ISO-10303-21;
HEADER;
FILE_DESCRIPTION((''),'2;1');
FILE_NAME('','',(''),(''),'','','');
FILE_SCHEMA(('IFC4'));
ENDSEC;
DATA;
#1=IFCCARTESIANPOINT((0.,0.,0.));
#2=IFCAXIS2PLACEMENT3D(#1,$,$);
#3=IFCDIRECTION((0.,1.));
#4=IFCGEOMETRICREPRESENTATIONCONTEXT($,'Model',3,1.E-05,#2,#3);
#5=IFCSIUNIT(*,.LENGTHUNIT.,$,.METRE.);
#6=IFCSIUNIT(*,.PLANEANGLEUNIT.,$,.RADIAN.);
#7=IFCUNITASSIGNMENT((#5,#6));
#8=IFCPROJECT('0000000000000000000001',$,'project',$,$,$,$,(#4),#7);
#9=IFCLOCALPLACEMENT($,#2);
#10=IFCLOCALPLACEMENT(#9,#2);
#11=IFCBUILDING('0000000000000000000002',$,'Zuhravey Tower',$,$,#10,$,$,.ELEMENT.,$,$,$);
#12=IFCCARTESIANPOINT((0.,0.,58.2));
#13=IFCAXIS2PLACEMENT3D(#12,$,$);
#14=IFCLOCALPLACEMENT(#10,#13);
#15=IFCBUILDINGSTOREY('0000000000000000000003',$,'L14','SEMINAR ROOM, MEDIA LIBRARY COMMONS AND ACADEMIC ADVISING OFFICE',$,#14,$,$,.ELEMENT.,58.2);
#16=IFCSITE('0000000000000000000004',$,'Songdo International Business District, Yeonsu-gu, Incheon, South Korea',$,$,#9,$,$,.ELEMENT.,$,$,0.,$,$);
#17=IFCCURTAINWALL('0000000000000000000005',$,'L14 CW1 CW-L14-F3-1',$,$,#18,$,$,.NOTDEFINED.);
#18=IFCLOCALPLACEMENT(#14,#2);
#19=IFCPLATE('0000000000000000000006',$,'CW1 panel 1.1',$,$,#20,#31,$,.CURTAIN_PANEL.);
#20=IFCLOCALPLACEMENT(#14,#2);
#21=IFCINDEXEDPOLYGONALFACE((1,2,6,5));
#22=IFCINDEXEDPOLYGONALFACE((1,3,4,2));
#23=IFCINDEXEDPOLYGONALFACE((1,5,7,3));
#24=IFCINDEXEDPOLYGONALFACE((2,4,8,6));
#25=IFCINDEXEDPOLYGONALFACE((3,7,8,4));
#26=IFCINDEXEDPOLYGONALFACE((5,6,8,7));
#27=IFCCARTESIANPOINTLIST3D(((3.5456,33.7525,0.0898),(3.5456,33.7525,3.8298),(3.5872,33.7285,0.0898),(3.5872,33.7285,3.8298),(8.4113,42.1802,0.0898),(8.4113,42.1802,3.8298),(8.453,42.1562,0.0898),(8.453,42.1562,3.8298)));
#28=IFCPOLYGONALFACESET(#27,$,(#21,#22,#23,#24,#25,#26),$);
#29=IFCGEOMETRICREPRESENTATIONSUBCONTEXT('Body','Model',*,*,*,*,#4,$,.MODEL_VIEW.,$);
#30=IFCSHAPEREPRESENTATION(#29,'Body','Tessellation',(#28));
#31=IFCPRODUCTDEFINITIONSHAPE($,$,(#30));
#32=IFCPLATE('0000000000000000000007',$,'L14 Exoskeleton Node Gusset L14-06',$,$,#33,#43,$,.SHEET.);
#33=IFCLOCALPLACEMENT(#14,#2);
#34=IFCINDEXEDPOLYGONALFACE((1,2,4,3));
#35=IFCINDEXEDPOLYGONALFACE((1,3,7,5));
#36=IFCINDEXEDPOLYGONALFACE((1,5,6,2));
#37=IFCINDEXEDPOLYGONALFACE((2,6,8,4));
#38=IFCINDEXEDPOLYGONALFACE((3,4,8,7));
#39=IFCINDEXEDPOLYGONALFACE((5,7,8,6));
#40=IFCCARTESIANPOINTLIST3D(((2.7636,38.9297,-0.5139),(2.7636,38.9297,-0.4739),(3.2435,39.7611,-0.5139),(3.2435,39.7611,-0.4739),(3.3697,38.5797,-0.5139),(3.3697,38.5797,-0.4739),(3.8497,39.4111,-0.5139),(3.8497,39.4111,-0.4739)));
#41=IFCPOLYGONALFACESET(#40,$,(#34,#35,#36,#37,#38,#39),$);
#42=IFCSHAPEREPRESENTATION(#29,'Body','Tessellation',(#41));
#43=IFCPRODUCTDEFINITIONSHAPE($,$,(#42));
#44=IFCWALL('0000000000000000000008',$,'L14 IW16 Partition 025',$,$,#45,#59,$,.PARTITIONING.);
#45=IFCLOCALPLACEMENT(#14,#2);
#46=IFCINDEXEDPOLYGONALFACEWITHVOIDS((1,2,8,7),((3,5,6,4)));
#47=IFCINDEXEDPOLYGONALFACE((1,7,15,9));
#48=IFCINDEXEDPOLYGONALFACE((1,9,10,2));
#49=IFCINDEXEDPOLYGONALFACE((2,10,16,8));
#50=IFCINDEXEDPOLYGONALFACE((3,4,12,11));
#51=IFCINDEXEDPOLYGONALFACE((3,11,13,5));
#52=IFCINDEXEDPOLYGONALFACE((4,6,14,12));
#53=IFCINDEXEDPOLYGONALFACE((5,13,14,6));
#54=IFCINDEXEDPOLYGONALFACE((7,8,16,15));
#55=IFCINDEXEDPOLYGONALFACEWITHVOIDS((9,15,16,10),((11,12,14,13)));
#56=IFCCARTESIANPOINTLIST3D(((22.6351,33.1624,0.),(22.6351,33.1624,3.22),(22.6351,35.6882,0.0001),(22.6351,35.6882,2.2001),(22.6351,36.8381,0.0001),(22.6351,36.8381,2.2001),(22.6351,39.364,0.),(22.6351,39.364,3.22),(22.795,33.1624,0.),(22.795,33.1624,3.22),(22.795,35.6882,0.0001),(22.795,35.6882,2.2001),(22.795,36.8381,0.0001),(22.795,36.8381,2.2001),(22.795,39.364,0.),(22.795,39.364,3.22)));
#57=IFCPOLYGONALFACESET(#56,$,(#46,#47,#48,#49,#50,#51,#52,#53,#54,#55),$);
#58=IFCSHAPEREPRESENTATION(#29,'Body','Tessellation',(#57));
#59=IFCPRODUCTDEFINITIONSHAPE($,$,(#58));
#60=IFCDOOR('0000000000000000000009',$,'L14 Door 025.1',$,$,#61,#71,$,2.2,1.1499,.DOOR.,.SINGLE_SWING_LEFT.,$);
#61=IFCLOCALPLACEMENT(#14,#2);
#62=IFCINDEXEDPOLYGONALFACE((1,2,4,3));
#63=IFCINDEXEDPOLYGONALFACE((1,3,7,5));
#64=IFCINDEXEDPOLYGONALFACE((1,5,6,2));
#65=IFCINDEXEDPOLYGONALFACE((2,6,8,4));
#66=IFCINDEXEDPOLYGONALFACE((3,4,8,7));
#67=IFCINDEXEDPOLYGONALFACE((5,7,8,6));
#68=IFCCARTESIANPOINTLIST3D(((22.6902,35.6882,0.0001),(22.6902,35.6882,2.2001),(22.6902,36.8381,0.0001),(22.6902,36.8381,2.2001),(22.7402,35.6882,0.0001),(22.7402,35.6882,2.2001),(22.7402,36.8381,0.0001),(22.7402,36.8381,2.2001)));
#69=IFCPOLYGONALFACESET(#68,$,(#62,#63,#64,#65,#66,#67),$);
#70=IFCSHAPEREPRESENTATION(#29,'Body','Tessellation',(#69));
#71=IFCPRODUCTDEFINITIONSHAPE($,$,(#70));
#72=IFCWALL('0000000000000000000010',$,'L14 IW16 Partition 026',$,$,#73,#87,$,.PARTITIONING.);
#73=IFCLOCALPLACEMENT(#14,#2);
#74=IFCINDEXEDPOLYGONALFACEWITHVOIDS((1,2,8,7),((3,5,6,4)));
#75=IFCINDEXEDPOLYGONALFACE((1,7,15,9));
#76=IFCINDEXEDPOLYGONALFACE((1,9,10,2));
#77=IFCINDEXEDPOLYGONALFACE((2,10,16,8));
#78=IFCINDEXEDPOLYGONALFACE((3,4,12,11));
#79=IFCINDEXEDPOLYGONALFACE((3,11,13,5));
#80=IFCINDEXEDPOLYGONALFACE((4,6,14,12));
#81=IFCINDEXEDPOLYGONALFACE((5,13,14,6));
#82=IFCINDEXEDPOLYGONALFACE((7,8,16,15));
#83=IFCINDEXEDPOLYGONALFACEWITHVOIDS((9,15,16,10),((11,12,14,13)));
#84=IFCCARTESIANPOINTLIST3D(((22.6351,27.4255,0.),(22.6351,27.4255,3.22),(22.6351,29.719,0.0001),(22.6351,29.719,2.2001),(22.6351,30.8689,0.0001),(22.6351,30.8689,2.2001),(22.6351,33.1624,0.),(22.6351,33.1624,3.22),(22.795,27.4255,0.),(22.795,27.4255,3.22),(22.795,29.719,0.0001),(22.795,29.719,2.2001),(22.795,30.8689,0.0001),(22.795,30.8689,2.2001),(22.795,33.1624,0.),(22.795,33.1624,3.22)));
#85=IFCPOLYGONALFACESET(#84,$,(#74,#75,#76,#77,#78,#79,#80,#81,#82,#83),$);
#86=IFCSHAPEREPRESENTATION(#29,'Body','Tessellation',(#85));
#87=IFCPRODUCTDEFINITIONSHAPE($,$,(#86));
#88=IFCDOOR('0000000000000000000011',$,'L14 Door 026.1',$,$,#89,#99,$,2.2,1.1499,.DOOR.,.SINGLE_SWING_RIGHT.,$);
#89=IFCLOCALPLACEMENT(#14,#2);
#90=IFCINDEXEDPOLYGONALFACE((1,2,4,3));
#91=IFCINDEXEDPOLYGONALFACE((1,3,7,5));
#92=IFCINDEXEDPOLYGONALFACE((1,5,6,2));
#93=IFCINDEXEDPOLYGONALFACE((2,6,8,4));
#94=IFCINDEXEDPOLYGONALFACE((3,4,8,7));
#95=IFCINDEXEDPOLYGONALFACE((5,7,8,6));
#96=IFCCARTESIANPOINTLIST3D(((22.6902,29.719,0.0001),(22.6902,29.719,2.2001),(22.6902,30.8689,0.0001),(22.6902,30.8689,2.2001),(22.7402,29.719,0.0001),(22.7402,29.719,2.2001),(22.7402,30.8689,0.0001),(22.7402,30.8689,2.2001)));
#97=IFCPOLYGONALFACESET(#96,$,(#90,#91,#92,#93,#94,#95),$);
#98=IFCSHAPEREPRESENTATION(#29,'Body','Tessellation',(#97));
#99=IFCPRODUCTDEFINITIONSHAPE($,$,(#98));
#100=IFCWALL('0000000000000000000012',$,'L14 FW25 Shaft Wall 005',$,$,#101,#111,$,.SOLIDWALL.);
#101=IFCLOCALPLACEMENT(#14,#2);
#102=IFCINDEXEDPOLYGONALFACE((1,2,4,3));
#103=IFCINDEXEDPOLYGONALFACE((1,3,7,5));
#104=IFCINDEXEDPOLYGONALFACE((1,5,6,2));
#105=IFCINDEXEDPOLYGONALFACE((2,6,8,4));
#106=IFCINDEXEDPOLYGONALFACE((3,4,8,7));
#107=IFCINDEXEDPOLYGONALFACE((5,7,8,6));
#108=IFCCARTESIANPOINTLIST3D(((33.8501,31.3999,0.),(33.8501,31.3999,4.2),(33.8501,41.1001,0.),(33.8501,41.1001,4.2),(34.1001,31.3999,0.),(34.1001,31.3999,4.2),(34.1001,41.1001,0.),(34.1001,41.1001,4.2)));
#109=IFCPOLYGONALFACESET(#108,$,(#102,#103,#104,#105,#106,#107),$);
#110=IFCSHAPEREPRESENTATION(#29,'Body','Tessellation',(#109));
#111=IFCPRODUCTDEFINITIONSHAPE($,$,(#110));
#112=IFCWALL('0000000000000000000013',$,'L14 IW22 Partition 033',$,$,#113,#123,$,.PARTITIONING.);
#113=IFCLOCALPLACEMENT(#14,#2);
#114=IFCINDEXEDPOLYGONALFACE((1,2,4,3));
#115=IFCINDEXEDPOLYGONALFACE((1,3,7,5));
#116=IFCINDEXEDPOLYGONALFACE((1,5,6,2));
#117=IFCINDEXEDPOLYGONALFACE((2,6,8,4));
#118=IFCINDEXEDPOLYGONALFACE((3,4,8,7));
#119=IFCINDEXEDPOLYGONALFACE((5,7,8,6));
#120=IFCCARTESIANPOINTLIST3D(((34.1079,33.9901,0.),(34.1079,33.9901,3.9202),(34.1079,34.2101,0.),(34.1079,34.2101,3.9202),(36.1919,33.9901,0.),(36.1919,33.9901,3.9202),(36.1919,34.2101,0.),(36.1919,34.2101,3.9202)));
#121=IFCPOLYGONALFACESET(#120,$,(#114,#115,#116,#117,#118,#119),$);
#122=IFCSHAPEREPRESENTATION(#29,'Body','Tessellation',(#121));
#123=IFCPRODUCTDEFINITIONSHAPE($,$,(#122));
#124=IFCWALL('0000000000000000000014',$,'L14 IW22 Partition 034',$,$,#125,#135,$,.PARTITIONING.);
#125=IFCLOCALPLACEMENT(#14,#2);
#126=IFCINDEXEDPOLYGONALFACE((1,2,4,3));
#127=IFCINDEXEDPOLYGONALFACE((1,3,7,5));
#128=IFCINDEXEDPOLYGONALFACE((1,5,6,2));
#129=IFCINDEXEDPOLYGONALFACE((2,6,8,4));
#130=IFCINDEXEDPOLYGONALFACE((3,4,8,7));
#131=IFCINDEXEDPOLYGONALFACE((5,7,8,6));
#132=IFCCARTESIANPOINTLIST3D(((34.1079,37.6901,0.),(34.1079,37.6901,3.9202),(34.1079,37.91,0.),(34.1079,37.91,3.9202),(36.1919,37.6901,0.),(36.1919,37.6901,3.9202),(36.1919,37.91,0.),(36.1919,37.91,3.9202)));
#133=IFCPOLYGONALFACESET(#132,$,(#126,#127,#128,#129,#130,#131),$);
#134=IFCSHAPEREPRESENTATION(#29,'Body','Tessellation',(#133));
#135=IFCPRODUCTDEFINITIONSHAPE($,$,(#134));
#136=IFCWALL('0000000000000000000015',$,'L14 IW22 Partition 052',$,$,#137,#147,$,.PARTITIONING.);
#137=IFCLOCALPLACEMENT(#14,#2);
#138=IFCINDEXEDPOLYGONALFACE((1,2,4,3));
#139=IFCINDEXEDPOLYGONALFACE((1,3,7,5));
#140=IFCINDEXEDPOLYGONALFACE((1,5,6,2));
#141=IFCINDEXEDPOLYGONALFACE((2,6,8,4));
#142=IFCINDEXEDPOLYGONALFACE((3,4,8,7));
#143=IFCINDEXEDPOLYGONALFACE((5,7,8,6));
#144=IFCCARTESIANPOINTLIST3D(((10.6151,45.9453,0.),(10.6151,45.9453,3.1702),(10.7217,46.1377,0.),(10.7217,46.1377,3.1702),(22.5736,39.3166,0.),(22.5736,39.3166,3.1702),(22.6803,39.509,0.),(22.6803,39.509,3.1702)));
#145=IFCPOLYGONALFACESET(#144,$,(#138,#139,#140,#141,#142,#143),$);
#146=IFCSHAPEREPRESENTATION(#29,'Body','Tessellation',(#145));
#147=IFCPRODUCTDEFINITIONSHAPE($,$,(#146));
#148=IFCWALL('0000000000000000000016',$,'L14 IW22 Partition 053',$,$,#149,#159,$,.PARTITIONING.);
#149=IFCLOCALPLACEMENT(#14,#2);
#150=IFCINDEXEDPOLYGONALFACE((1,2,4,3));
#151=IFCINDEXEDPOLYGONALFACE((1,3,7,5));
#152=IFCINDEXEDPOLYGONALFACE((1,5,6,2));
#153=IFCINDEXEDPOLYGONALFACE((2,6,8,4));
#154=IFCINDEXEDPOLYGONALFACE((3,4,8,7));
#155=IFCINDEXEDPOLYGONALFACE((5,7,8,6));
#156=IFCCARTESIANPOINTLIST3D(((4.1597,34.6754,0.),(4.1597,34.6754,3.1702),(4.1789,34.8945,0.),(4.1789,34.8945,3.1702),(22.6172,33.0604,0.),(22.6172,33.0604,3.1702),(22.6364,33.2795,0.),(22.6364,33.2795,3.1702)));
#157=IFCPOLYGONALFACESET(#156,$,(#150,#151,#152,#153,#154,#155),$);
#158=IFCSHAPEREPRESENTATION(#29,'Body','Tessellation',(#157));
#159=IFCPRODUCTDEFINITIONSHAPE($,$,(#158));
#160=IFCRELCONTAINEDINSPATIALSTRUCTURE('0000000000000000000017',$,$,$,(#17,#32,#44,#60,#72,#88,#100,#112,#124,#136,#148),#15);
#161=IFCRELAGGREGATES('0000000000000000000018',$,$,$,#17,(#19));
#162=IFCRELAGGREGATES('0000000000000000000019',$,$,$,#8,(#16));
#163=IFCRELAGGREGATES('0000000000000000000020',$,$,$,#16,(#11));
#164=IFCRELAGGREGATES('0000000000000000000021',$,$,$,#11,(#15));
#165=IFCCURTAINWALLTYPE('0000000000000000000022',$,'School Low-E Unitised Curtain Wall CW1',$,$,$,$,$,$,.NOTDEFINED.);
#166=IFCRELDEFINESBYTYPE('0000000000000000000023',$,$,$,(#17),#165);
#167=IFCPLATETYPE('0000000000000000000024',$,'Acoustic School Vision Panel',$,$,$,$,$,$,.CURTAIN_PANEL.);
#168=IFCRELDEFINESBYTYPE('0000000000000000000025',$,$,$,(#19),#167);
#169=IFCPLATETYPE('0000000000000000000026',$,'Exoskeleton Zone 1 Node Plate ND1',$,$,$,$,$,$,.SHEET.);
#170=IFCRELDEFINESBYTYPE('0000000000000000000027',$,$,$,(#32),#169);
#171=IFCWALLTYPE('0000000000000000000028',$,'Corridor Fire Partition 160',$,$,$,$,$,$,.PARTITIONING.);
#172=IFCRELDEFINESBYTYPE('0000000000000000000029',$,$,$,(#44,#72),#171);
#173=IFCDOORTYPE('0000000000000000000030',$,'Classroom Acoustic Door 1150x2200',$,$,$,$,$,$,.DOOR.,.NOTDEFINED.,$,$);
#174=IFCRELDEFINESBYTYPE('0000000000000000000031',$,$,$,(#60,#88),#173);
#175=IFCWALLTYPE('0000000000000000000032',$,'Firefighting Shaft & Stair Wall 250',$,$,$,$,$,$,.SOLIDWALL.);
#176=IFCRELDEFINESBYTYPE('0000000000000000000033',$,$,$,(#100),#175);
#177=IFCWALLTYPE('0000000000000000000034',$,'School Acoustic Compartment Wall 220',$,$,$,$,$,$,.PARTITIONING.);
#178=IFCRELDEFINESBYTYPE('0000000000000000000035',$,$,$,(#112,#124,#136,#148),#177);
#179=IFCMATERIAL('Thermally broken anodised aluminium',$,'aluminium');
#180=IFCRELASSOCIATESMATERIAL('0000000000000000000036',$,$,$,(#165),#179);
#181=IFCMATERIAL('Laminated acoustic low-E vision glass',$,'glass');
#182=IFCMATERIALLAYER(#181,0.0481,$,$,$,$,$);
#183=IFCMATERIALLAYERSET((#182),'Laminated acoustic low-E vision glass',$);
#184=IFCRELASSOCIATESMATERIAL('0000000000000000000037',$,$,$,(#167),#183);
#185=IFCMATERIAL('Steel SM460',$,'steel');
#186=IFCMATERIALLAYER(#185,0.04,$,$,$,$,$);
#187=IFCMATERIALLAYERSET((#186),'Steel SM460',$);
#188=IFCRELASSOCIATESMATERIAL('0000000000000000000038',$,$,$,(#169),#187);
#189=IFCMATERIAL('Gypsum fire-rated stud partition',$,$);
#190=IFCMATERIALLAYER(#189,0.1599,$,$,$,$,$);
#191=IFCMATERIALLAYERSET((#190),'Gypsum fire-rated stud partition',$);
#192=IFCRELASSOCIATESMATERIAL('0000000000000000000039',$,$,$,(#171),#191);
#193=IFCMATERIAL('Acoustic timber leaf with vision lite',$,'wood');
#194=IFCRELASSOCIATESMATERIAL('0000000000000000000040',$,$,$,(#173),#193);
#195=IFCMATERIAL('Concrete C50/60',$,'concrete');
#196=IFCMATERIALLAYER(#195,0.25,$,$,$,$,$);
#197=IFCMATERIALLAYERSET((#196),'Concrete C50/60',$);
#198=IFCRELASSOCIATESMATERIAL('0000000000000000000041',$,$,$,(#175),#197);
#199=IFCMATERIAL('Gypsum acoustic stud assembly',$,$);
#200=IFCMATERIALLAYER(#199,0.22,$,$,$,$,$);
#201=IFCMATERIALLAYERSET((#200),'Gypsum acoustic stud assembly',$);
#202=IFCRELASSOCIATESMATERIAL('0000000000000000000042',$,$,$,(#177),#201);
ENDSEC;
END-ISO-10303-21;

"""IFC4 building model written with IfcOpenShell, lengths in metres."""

from ifc_helpers import new_model, si_unit, direction, frame, frame_2d, origin, origin_2d, place, context, subcontext, project, spatial, rectangle, extrude, material, layer, layer_set, type_object, element, fill, aggregate, save


model = new_model("IFC4")

# Units and contexts
model_context = context("Model", 3, precision=1e-05, world=origin(), true_north=direction((0.0, 1.0)))
body_context = subcontext(model_context, "Body", "Model", "MODEL_VIEW")
ifc_project = project(units=[si_unit("LENGTHUNIT", "METRE"), si_unit("PLANEANGLEUNIT", "RADIAN")], contexts=[model_context])

# Site, building, storey
site_placement = place(None, origin())
site = spatial("IfcSite", under=ifc_project, at=site_placement, Name="Songdo International Business District, Yeonsu-gu, Incheon, South Korea", CompositionType="ELEMENT", RefElevation=0.0)
building_placement = place(site_placement, origin())
building = spatial("IfcBuilding", under=site, at=building_placement, Name="Zuhravey Tower", CompositionType="ELEMENT")
storey_placement = place(building_placement, frame((0.0, 0.0, 58.2)))
storey = spatial("IfcBuildingStorey", under=building, at=storey_placement, Name="L14", Description="SEMINAR ROOM, MEDIA LIBRARY COMMONS AND ACADEMIC ADVISING OFFICE", CompositionType="ELEMENT", Elevation=58.2)

# Curtain wall
ifc_material_1 = material(Name="Thermally broken anodised aluminium", Category="aluminium")
curtain_wall_type = type_object("IfcCurtainWallType", Name="School Low-E Unitised Curtain Wall CW1", PredefinedType="NOTDEFINED", material=ifc_material_1)
curtain_wall_placement = place(storey_placement, origin())
curtain_wall = element("IfcCurtainWall", 1, at=curtain_wall_placement, inside=storey, type_object=curtain_wall_type, Name="L14 CW1 CW-L14-F3-1", PredefinedType="NOTDEFINED")

# Shared definitions
ifc_material_2 = material(Name="Steel SM460", Category="steel")

# Plates
ifc_material_3 = material(Name="Laminated acoustic low-E vision glass", Category="glass")
ifc_layer_1 = layer(ifc_material_3, 0.0481)
ifc_layer_set_1 = layer_set([ifc_layer_1], Name="Laminated acoustic low-E vision glass")
plate_type_1 = type_object("IfcPlateType", Name="Acoustic School Vision Panel", PredefinedType="CURTAIN_PANEL", material=ifc_layer_set_1)
plate_1_placement = place(storey_placement, frame((5.9993, 37.9543, 0.0898), z_axis=(0.0, 0.0, 1.0), x_axis=(0.5, 0.866026, 0.0)))
plate_1 = element("IfcPlate", 2, at=plate_1_placement, type_object=plate_type_1, Name="CW1 panel 1.1", PredefinedType="CURTAIN_PANEL", context=body_context, shape_type="SweptSolid", body=[
    extrude(rectangle(XDim=9.7314, YDim=0.0481, at=origin_2d()), origin(), (0.0, 0.0, 1.0), 3.74),
])
aggregate(curtain_wall, [plate_1])
ifc_layer_2 = layer(ifc_material_2, 0.04)
ifc_layer_set_2 = layer_set([ifc_layer_2], Name="Steel SM460")
plate_type_2 = type_object("IfcPlateType", Name="Exoskeleton Zone 1 Node Plate ND1", PredefinedType="SHEET", material=ifc_layer_set_2)
plate_2_placement = place(storey_placement, frame((3.3066, 39.1704, -0.5139), z_axis=(0.0, 0.0, 1.0), x_axis=(-0.5, -0.866025, 0.0)))
element("IfcPlate", 3, at=plate_2_placement, inside=storey, type_object=plate_type_2, Name="L14 Exoskeleton Node Gusset L14-06", PredefinedType="SHEET", context=body_context, shape_type="SweptSolid", body=[
    extrude(rectangle(XDim=0.96, YDim=0.7, at=origin_2d()), origin(), (0.0, 0.0, 1.0), 0.04),
])

# Walls, openings, doors
ifc_material_4 = material(Name="Gypsum fire-rated stud partition")
ifc_layer_3 = layer(ifc_material_4, 0.1599)
ifc_layer_set_3 = layer_set([ifc_layer_3], Name="Gypsum fire-rated stud partition")
wall_type_1 = type_object("IfcWallType", Name="Corridor Fire Partition 160", PredefinedType="PARTITIONING", material=ifc_layer_set_3)
wall_1_placement = place(storey_placement, frame((22.7151, 39.364, 0.0), z_axis=(0.0, 0.0, 1.0), x_axis=(0.0, -1.0, 0.0)))
wall_1 = element("IfcWall", 4, at=wall_1_placement, inside=storey, type_object=wall_type_1, Name="L14 IW16 Partition 025", PredefinedType="PARTITIONING", context=body_context, shape_type="SweptSolid", body=[
    extrude(rectangle(XDim=6.2017, YDim=0.1599, at=frame_2d((3.1008, 0.0))), origin(), (0.0, 0.0, 1.0), 3.22),
])
opening_1_placement = place(wall_1_placement, frame((2.5259, 0.0, 0.0)))
opening_1 = element("IfcOpeningElement", 5, at=opening_1_placement, cuts=wall_1, PredefinedType="OPENING", context=body_context, shape_type="SweptSolid", body=[
    extrude(rectangle(XDim=1.1499, YDim=2.2, at=frame_2d((0.575, 1.1001))), frame((0.0, 0.092, 0.0), z_axis=(0.0, -1.0, 0.0), x_axis=(1.0, 0.0, 0.0)), (0.0, 0.0, 1.0), 0.1838),
])
ifc_material_5 = material(Name="Acoustic timber leaf with vision lite", Category="wood")
door_type = type_object("IfcDoorType", Name="Classroom Acoustic Door 1150x2200", OperationType="NOTDEFINED", PredefinedType="DOOR", material=ifc_material_5)
door_1_placement = place(opening_1_placement, frame((1.1499, 0.0, 0.0), z_axis=(0.0, 0.0, 1.0), x_axis=(-1.0, 0.0, 0.0)))
door_1 = element("IfcDoor", 6, at=door_1_placement, inside=storey, type_object=door_type, Name="L14 Door 025.1", OperationType="SINGLE_SWING_LEFT", OverallHeight=2.2, OverallWidth=1.1499, PredefinedType="DOOR", context=body_context, shape_type="SweptSolid", body=[
    extrude(rectangle(XDim=1.1499, YDim=2.2, at=frame_2d((0.575, 1.1001))), frame((0.0, 0.0249, 0.0), z_axis=(0.0, -1.0, 0.0), x_axis=(1.0, 0.0, 0.0)), (0.0, 0.0, 1.0), 0.05),
])
fill(opening_1, door_1)
wall_2_placement = place(storey_placement, frame((22.7151, 33.1624, 0.0), z_axis=(0.0, 0.0, 1.0), x_axis=(0.0, -1.0, 0.0)))
wall_2 = element("IfcWall", 7, at=wall_2_placement, inside=storey, type_object=wall_type_1, Name="L14 IW16 Partition 026", PredefinedType="PARTITIONING", context=body_context, shape_type="SweptSolid", body=[
    extrude(rectangle(XDim=5.7368, YDim=0.1599, at=frame_2d((2.8684, 0.0))), origin(), (0.0, 0.0, 1.0), 3.22),
])
opening_2_placement = place(wall_2_placement, frame((2.2935, 0.0, 0.0)))
opening_2 = element("IfcOpeningElement", 8, at=opening_2_placement, cuts=wall_2, PredefinedType="OPENING", context=body_context, shape_type="SweptSolid", body=[
    extrude(rectangle(XDim=1.1499, YDim=2.2, at=frame_2d((0.575, 1.1001))), frame((0.0, 0.092, 0.0), z_axis=(0.0, -1.0, 0.0), x_axis=(1.0, 0.0, 0.0)), (0.0, 0.0, 1.0), 0.1838),
])
door_2_placement = place(opening_2_placement, frame((1.1499, 0.0, 0.0), z_axis=(0.0, 0.0, 1.0), x_axis=(-1.0, 0.0, 0.0)))
door_2 = element("IfcDoor", 9, at=door_2_placement, inside=storey, type_object=door_type, Name="L14 Door 026.1", OperationType="SINGLE_SWING_RIGHT", OverallHeight=2.2, OverallWidth=1.1499, PredefinedType="DOOR", context=body_context, shape_type="SweptSolid", body=[
    extrude(rectangle(XDim=1.1499, YDim=2.2, at=frame_2d((0.575, 1.1001))), frame((0.0, 0.0249, 0.0), z_axis=(0.0, -1.0, 0.0), x_axis=(1.0, 0.0, 0.0)), (0.0, 0.0, 1.0), 0.05),
])
fill(opening_2, door_2)

# Walls
ifc_material_6 = material(Name="Concrete C50/60", Category="concrete")
ifc_layer_4 = layer(ifc_material_6, 0.25)
ifc_layer_set_4 = layer_set([ifc_layer_4], Name="Concrete C50/60")
wall_type_2 = type_object("IfcWallType", Name="Firefighting Shaft & Stair Wall 250", PredefinedType="SOLIDWALL", material=ifc_layer_set_4)
wall_3_placement = place(storey_placement, frame((33.9751, 31.3999, 0.0), z_axis=(0.0, 0.0, 1.0), x_axis=(0.0, 1.0, 0.0)))
element("IfcWall", 10, at=wall_3_placement, inside=storey, type_object=wall_type_2, Name="L14 FW25 Shaft Wall 005", PredefinedType="SOLIDWALL", context=body_context, shape_type="SweptSolid", body=[
    extrude(rectangle(XDim=9.7002, YDim=0.25, at=frame_2d((4.8501, 0.0))), origin(), (0.0, 0.0, 1.0), 4.2),
])
ifc_material_7 = material(Name="Gypsum acoustic stud assembly")
ifc_layer_5 = layer(ifc_material_7, 0.22)
ifc_layer_set_5 = layer_set([ifc_layer_5], Name="Gypsum acoustic stud assembly")
wall_type_3 = type_object("IfcWallType", Name="School Acoustic Compartment Wall 220", PredefinedType="PARTITIONING", material=ifc_layer_set_5)
for number, where, z_axis, x_axis, name in (
    (11, (34.1079, 34.1001, 0.0), (0.0, 0.0, 1.0), (1.0, 0.0, 0.0), "L14 IW22 Partition 033"),
    (12, (34.1079, 37.8, 0.0), (0.0, 0.0, 1.0), (1.0, 0.0, 0.0), "L14 IW22 Partition 034"),
):
    element("IfcWall", number, at=place(storey_placement, frame(where, z_axis=z_axis, x_axis=x_axis)), inside=storey, type_object=wall_type_3, Name=name, PredefinedType="PARTITIONING", context=body_context, shape_type="SweptSolid", body=[
        extrude(rectangle(XDim=2.084, YDim=0.22, at=frame_2d((1.042, 0.0))), origin(), (0.0, 0.0, 1.0), 3.9202),
    ])
wall_4_placement = place(storey_placement, frame((22.627, 39.4128, 0.0), z_axis=(0.0, 0.0, 1.0), x_axis=(-0.874621, 0.484807, 0.0)))
element("IfcWall", 13, at=wall_4_placement, inside=storey, type_object=wall_type_3, Name="L14 IW22 Partition 052", PredefinedType="PARTITIONING", context=body_context, shape_type="SweptSolid", body=[
    extrude(rectangle(XDim=13.6729, YDim=0.22, at=frame_2d((6.8364, 0.0))), origin(), (0.0, 0.0, 1.0), 3.1702),
])
wall_5_placement = place(storey_placement, frame((22.627, 33.1699, 0.0), z_axis=(0.0, 0.0, 1.0), x_axis=(-0.996194, 0.087165, 0.0)))
element("IfcWall", 14, at=wall_5_placement, inside=storey, type_object=wall_type_3, Name="L14 IW22 Partition 053", PredefinedType="PARTITIONING", context=body_context, shape_type="SweptSolid", body=[
    extrude(rectangle(XDim=18.5281, YDim=0.22, at=frame_2d((9.2642, 0.0))), origin(), (0.0, 0.0, 1.0), 3.1702),
])

save(model, "model.ifc")
